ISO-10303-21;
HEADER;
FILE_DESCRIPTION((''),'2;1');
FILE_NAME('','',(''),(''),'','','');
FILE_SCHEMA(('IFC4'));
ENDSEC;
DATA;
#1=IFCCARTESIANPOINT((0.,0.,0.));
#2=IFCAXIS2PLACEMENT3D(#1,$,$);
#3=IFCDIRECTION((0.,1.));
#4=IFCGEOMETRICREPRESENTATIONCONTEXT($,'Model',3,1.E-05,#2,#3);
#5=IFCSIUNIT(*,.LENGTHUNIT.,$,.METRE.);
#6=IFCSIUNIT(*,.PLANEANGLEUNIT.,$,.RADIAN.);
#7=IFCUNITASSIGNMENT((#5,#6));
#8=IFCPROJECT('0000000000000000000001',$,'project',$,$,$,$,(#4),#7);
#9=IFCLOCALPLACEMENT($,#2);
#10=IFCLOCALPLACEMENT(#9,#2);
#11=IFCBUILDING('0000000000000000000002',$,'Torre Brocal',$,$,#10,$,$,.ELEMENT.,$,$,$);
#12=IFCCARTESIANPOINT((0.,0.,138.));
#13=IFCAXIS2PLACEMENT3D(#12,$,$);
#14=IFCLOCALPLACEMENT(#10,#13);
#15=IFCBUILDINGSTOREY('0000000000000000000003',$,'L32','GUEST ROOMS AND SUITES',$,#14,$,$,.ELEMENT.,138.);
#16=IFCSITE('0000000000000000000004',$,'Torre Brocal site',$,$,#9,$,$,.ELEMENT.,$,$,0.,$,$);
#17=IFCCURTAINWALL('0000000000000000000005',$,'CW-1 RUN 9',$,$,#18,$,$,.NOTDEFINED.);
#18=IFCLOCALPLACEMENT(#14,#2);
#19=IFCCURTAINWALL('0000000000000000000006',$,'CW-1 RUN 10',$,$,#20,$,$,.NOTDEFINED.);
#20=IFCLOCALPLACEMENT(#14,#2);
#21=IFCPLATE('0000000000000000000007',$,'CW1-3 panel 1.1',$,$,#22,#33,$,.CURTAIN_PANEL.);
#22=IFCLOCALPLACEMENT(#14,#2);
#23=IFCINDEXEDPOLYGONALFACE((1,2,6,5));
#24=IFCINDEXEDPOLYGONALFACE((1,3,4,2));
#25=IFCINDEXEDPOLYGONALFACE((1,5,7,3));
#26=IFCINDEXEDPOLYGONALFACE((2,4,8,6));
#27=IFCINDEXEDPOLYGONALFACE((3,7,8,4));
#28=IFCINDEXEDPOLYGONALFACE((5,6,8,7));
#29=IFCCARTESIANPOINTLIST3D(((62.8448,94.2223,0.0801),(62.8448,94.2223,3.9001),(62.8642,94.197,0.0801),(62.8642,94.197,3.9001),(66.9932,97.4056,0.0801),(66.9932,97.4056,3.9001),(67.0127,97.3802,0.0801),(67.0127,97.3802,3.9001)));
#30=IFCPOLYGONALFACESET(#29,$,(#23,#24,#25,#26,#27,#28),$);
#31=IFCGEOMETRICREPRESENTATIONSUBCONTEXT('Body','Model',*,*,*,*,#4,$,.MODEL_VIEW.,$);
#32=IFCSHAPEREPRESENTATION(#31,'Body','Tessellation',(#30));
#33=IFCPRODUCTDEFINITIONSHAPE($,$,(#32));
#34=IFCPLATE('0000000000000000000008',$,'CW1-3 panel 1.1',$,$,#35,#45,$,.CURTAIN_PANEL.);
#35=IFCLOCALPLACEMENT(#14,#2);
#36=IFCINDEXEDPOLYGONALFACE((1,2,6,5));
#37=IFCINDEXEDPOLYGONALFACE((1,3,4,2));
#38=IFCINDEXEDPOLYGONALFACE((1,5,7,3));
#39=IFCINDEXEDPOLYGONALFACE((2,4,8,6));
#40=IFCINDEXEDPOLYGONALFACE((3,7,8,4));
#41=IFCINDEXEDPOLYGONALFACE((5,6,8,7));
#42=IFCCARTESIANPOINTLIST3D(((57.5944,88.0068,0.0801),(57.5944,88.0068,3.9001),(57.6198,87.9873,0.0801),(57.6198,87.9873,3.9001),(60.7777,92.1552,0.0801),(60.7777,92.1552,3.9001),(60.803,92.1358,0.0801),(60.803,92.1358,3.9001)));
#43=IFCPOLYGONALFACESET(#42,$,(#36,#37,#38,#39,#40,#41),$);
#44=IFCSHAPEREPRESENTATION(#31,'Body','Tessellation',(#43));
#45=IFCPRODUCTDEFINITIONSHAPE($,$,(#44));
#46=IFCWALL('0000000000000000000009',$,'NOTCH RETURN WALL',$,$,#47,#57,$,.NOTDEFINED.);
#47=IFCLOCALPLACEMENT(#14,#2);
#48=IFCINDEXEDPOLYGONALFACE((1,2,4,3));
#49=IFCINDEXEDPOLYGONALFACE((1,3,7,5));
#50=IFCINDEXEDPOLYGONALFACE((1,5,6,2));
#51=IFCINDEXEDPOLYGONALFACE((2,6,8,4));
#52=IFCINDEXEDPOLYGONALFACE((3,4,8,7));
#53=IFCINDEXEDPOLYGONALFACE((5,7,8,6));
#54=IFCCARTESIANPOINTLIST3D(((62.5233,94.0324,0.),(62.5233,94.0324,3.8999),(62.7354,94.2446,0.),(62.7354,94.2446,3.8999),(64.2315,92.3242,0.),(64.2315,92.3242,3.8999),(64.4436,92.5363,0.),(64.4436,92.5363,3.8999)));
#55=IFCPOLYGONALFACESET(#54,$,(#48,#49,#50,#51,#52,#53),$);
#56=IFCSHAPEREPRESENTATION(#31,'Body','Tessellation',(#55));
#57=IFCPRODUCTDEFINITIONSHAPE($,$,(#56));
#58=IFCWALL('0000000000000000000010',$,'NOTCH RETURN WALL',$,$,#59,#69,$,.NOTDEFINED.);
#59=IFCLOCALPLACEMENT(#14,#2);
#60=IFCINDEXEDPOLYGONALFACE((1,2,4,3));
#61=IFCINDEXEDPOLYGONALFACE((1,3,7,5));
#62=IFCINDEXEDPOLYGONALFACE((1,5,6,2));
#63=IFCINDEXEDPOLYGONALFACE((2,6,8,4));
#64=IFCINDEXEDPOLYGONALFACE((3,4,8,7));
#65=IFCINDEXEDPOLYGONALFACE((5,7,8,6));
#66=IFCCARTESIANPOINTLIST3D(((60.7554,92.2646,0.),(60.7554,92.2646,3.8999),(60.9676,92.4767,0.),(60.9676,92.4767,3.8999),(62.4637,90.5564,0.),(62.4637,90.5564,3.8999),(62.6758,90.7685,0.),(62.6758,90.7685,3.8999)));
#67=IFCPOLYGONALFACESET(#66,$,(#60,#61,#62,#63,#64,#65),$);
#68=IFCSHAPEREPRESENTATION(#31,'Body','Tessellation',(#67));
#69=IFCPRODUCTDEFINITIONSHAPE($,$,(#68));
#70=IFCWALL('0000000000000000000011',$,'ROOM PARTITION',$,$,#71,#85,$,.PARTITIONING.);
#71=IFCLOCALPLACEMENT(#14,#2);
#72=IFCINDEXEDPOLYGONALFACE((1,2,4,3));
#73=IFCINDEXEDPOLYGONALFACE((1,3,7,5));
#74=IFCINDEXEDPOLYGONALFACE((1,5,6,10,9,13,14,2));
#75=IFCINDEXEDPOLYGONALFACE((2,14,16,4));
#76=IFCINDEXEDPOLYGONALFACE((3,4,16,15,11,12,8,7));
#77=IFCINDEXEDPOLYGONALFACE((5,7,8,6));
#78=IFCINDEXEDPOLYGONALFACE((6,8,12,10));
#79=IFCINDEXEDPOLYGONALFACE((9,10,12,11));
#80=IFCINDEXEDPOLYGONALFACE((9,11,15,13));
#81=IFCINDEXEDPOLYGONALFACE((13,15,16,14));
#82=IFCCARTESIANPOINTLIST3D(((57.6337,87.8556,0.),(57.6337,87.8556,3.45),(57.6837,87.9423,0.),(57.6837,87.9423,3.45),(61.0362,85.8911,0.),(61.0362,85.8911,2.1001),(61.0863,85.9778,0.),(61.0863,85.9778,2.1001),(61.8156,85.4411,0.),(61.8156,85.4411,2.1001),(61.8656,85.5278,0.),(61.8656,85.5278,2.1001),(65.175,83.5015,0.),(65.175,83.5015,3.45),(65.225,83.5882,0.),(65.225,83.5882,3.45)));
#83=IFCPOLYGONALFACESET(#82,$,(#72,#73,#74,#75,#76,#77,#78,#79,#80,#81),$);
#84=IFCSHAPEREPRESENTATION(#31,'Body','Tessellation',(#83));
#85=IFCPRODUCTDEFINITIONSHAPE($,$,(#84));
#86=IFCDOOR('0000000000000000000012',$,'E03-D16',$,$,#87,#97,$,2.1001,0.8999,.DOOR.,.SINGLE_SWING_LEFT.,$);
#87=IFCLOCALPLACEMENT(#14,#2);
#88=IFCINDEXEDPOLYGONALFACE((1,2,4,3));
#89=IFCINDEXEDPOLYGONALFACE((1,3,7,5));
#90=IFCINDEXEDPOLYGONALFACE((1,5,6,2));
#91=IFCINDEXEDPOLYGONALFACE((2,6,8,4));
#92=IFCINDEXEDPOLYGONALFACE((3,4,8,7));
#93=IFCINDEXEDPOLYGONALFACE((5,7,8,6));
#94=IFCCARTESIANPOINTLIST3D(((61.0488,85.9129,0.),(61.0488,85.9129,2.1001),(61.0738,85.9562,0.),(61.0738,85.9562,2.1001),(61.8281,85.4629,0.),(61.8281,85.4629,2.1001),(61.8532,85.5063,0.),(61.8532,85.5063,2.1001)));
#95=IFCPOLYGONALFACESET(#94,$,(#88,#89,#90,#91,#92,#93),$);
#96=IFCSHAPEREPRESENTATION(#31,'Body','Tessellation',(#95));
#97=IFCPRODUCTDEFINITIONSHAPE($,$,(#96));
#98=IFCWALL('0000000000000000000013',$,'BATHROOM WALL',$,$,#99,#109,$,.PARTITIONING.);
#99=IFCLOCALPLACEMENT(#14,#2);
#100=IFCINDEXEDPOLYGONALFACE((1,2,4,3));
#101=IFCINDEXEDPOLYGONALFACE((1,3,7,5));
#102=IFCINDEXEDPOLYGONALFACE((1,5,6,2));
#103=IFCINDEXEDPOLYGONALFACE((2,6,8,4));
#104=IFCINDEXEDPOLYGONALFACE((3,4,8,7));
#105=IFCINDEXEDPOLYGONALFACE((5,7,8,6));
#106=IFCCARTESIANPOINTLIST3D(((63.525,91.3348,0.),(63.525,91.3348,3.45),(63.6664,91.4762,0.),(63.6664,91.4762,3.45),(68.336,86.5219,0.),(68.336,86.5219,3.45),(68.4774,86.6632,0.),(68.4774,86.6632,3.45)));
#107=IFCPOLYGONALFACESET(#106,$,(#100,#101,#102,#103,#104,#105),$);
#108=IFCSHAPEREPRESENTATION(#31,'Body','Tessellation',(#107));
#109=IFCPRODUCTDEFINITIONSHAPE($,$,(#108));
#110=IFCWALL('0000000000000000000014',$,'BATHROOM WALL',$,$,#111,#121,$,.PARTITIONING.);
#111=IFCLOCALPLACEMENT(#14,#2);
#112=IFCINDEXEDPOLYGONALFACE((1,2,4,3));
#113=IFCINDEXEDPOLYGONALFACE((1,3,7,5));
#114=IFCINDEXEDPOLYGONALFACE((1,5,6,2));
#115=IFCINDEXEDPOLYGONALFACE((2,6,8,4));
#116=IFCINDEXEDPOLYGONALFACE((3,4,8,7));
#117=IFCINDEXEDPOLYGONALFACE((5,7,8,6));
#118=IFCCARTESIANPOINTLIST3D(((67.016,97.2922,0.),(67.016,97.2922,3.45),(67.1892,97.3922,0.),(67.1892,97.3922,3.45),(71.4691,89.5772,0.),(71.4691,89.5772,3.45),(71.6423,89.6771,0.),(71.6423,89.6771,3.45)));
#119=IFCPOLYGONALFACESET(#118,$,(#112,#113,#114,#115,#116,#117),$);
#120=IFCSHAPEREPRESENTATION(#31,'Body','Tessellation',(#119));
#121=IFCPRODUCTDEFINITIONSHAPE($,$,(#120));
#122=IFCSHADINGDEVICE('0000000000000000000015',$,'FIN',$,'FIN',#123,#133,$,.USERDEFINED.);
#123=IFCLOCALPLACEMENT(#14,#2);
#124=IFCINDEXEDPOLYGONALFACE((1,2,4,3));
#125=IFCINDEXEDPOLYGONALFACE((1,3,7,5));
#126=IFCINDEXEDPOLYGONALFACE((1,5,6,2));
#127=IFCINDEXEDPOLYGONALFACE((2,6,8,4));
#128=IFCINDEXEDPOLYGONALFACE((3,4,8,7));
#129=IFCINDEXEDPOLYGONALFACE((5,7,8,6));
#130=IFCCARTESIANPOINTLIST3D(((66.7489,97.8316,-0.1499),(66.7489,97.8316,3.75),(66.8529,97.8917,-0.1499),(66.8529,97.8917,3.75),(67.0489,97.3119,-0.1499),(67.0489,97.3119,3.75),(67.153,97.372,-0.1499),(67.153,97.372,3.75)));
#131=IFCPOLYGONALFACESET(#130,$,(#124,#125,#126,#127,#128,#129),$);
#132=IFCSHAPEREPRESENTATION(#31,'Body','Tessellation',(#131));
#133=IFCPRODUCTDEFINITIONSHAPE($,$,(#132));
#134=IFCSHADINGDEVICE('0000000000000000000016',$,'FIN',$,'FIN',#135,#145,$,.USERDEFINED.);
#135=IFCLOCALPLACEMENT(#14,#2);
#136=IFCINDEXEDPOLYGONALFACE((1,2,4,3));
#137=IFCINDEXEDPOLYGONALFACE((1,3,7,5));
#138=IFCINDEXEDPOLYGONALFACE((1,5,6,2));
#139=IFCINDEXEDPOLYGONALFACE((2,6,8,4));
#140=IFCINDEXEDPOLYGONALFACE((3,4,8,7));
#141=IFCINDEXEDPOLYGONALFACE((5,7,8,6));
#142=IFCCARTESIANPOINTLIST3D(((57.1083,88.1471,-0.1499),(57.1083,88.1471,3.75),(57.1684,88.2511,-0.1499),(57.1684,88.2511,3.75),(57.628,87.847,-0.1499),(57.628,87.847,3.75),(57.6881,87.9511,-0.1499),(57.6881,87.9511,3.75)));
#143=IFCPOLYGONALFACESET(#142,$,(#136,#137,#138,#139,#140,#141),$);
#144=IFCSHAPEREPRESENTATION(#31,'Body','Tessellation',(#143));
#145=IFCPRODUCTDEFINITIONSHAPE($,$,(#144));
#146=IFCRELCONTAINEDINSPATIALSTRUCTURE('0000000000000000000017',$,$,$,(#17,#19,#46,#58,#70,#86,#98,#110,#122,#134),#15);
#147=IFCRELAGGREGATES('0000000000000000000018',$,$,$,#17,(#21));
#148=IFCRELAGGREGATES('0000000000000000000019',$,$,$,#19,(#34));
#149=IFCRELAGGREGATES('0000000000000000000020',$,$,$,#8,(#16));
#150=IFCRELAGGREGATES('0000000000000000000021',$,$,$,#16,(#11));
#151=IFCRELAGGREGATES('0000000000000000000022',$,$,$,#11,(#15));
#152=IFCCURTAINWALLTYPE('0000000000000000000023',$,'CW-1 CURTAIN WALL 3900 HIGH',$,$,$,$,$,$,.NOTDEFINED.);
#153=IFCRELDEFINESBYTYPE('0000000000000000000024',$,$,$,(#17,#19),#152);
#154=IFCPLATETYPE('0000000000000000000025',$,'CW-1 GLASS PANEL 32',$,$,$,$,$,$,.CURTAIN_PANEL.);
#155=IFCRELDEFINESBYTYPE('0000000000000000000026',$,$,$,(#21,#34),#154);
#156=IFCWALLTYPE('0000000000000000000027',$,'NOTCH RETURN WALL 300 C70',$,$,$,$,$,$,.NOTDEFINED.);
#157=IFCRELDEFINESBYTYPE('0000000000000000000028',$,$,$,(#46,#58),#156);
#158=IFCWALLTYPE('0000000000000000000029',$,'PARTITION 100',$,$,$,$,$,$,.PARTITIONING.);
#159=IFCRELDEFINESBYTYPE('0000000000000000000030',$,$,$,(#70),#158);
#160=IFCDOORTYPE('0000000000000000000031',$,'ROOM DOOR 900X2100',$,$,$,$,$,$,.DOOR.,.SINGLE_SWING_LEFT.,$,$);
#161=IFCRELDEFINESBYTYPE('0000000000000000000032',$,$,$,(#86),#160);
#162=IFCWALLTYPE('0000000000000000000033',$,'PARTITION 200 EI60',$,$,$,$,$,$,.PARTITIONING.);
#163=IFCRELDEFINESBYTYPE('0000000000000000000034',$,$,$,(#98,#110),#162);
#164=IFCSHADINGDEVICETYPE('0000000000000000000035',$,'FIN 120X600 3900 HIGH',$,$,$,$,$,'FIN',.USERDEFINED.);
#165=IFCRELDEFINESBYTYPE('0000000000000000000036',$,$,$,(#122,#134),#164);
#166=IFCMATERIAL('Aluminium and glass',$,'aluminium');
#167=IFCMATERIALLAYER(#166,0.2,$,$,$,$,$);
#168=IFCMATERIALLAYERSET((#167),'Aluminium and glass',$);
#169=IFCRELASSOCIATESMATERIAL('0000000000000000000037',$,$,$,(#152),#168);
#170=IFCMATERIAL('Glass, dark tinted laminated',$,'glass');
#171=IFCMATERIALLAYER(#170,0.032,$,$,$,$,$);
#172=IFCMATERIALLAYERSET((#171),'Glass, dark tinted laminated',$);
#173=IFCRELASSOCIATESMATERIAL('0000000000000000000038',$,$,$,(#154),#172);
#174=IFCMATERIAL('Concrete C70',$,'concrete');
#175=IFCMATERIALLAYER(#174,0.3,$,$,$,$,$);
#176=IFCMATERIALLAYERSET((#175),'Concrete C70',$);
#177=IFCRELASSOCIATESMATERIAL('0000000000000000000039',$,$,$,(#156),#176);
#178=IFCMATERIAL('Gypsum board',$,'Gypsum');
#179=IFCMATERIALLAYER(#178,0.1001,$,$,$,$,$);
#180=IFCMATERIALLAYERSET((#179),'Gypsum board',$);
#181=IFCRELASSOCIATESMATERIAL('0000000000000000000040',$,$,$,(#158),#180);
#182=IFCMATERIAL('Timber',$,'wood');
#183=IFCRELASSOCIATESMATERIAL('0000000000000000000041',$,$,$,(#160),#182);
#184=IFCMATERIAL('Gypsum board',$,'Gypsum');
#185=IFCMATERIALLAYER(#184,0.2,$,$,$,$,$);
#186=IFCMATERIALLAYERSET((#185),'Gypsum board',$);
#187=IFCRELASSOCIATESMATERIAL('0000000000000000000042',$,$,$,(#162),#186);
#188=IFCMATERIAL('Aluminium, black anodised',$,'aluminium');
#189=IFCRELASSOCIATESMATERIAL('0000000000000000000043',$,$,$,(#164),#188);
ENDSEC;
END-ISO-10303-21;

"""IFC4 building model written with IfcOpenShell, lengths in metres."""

from ifc_helpers import new_model, si_unit, direction, frame, frame_2d, origin, origin_2d, place, context, subcontext, project, spatial, rectangle, extrude, material, layer, layer_set, material_profile, profile_set, type_object, element, fill, aggregate, save


model = new_model("IFC4")

# Units and contexts
model_context = context("Model", 3, precision=1e-05, world=origin(), true_north=direction((0.0, 1.0)))
body_context = subcontext(model_context, "Body", "Model", "MODEL_VIEW")
ifc_project = project(units=[si_unit("LENGTHUNIT", "METRE"), si_unit("PLANEANGLEUNIT", "RADIAN")], contexts=[model_context])

# Site, building, storey
site_placement = place(None, origin())
site = spatial("IfcSite", under=ifc_project, at=site_placement, Name="Torre Brocal site", CompositionType="ELEMENT", RefElevation=0.0)
building_placement = place(site_placement, origin())
building = spatial("IfcBuilding", under=site, at=building_placement, Name="Torre Brocal", CompositionType="ELEMENT")
storey_placement = place(building_placement, frame((0.0, 0.0, 138.0)))
storey = spatial("IfcBuildingStorey", under=building, at=storey_placement, Name="L32", Description="GUEST ROOMS AND SUITES", CompositionType="ELEMENT", Elevation=138.0)

# Shared definitions
ifc_material_1 = material(Name="Aluminium and glass", Category="aluminium")
ifc_layer_1 = layer(ifc_material_1, 0.2)
ifc_layer_set_1 = layer_set([ifc_layer_1], Name="Aluminium and glass")
curtain_wall_type = type_object("IfcCurtainWallType", Name="CW-1 CURTAIN WALL 3900 HIGH", PredefinedType="NOTDEFINED", material=ifc_layer_set_1)

# Curtain walls
curtain_wall_1_placement = place(storey_placement, origin())
curtain_wall_1 = element("IfcCurtainWall", 1, at=curtain_wall_1_placement, inside=storey, type_object=curtain_wall_type, Name="CW-1 RUN 9", PredefinedType="NOTDEFINED")
curtain_wall_2_placement = place(storey_placement, origin())
curtain_wall_2 = element("IfcCurtainWall", 2, at=curtain_wall_2_placement, inside=storey, type_object=curtain_wall_type, Name="CW-1 RUN 10", PredefinedType="NOTDEFINED")

# Plates
ifc_material_2 = material(Name="Glass, dark tinted laminated", Category="glass")
ifc_layer_2 = layer(ifc_material_2, 0.032)
ifc_layer_set_2 = layer_set([ifc_layer_2], Name="Glass, dark tinted laminated")
plate_type = type_object("IfcPlateType", Name="CW-1 GLASS PANEL 32", PredefinedType="CURTAIN_PANEL", material=ifc_layer_set_2)
plate_1_placement = place(storey_placement, frame((64.9287, 95.8013, 0.0801), z_axis=(0.0, 0.0, 1.0), x_axis=(-0.793353, -0.608761, 0.0)))
plate_1 = element("IfcPlate", 3, at=plate_1_placement, type_object=plate_type, Name="CW1-3 panel 1.1", PredefinedType="CURTAIN_PANEL", context=body_context, shape_type="SweptSolid", body=[
    extrude(rectangle(XDim=5.229, YDim=0.032, at=origin_2d()), origin(), (0.0, 0.0, 1.0), 3.8201),
])
aggregate(curtain_wall_1, [plate_1])
plate_2_placement = place(storey_placement, frame((59.1987, 90.0713, 0.0801), z_axis=(0.0, 0.0, 1.0), x_axis=(-0.608761, -0.793353, 0.0)))
plate_2 = element("IfcPlate", 4, at=plate_2_placement, type_object=plate_type, Name="CW1-3 panel 1.1", PredefinedType="CURTAIN_PANEL", context=body_context, shape_type="SweptSolid", body=[
    extrude(rectangle(XDim=5.229, YDim=0.032, at=origin_2d()), origin(), (0.0, 0.0, 1.0), 3.8201),
])
aggregate(curtain_wall_2, [plate_2])

# Walls
ifc_material_3 = material(Name="Concrete C70", Category="concrete")
ifc_layer_3 = layer(ifc_material_3, 0.3)
ifc_layer_set_3 = layer_set([ifc_layer_3], Name="Concrete C70")
wall_type_1 = type_object("IfcWallType", Name="NOTCH RETURN WALL 300 C70", PredefinedType="NOTDEFINED", material=ifc_layer_set_3)
for number, where, z_axis, x_axis, name in (
    (5, (64.3376, 92.4302, 0.0), (0.0, 0.0, 1.0), (-0.707107, 0.707107, 0.0), "NOTCH RETURN WALL"),
    (6, (62.5698, 90.6624, 0.0), (0.0, 0.0, 1.0), (-0.707107, 0.707107, 0.0), "NOTCH RETURN WALL"),
):
    element("IfcWall", number, at=place(storey_placement, frame(where, z_axis=z_axis, x_axis=x_axis)), inside=storey, type_object=wall_type_1, Name=name, PredefinedType="NOTDEFINED", context=body_context, shape_type="SweptSolid", body=[
        extrude(rectangle(XDim=2.4158, YDim=0.3, at=frame_2d((1.208, 0.0))), origin(), (0.0, 0.0, 1.0), 3.8999),
    ])

# Wall, opening, door
ifc_material_4 = material(Name="Gypsum board", Category="Gypsum")
ifc_layer_4 = layer(ifc_material_4, 0.1001)
ifc_layer_set_4 = layer_set([ifc_layer_4], Name="Gypsum board")
wall_type_2 = type_object("IfcWallType", Name="PARTITION 100", PredefinedType="PARTITIONING", material=ifc_layer_set_4)
wall_1_placement = place(storey_placement, frame((57.6587, 87.8989, 0.0), z_axis=(0.0, 0.0, 1.0), x_axis=(0.866023, -0.500005, 0.0)))
wall_1 = element("IfcWall", 7, at=wall_1_placement, inside=storey, type_object=wall_type_2, Name="ROOM PARTITION", PredefinedType="PARTITIONING", context=body_context, shape_type="SweptSolid", body=[
    extrude(rectangle(XDim=8.708, YDim=0.1001, at=frame_2d((4.354, 0.0))), origin(), (0.0, 0.0, 1.0), 3.45),
])
opening_placement = place(wall_1_placement, frame((3.929, 0.0, 0.0)))
opening = element("IfcOpeningElement", 8, at=opening_placement, cuts=wall_1, PredefinedType="OPENING", context=body_context, shape_type="SweptSolid", body=[
    extrude(rectangle(XDim=0.8999, YDim=2.1001, at=frame_2d((0.45, 1.05))), frame((0.0, 0.0601, 0.0), z_axis=(0.0, -1.0, 0.0), x_axis=(1.0, 0.0, 0.0)), (0.0, 0.0, 1.0), 0.1201),
])
ifc_material_5 = material(Name="Timber", Category="wood")
door_type = type_object("IfcDoorType", Name="ROOM DOOR 900X2100", OperationType="SINGLE_SWING_LEFT", PredefinedType="DOOR", material=ifc_material_5)
door_placement = place(opening_placement, frame((0.8999, 0.0, 0.0), z_axis=(0.0, 0.0, 1.0), x_axis=(-1.0, 0.0, 0.0)))
door = element("IfcDoor", 9, at=door_placement, inside=storey, type_object=door_type, Name="E03-D16", OperationType="SINGLE_SWING_LEFT", OverallHeight=2.1001, OverallWidth=0.8999, PredefinedType="DOOR", context=body_context, shape_type="SweptSolid", body=[
    extrude(rectangle(XDim=0.8999, YDim=2.1001, at=frame_2d((0.45, 1.05))), frame((0.0, 0.0249, 0.0), z_axis=(0.0, -1.0, 0.0), x_axis=(1.0, 0.0, 0.0)), (0.0, 0.0, 1.0), 0.05),
])
fill(opening, door)

# Walls
ifc_material_6 = material(Name="Gypsum board", Category="Gypsum")
ifc_layer_5 = layer(ifc_material_6, 0.2)
ifc_layer_set_5 = layer_set([ifc_layer_5], Name="Gypsum board")
wall_type_3 = type_object("IfcWallType", Name="PARTITION 200 EI60", PredefinedType="PARTITIONING", material=ifc_layer_set_5)
wall_2_placement = place(storey_placement, frame((63.5957, 91.4055, 0.0), z_axis=(0.0, 0.0, 1.0), x_axis=(0.706963, -0.70725, 0.0)))
element("IfcWall", 10, at=wall_2_placement, inside=storey, type_object=wall_type_3, Name="BATHROOM WALL", PredefinedType="PARTITIONING", context=body_context, shape_type="SweptSolid", body=[
    extrude(rectangle(XDim=6.8052, YDim=0.2, at=frame_2d((3.4026, 0.0))), origin(), (0.0, 0.0, 1.0), 3.45),
])
wall_3_placement = place(storey_placement, frame((67.1025, 97.3423, 0.0), z_axis=(0.0, 0.0, 1.0), x_axis=(0.4999, -0.866083, 0.0)))
element("IfcWall", 11, at=wall_3_placement, inside=storey, type_object=wall_type_3, Name="BATHROOM WALL", PredefinedType="PARTITIONING", context=body_context, shape_type="SweptSolid", body=[
    extrude(rectangle(XDim=8.908, YDim=0.2, at=frame_2d((4.4541, 0.0))), origin(), (0.0, 0.0, 1.0), 3.45),
])

# Shading devices
ifc_material_7 = material(Name="Aluminium, black anodised", Category="aluminium")
ifc_material_profile_1 = material_profile(ifc_material_7, rectangle(XDim=0.1201, YDim=0.6001, at=origin_2d()), Name="FIN 120X600 3900 HIGH")
ifc_profile_set_1 = profile_set([ifc_material_profile_1], Name="Aluminium, black anodised")
shading_device_type = type_object("IfcShadingDeviceType", Name="FIN 120X600 3900 HIGH", ElementType="FIN", PredefinedType="USERDEFINED", material=ifc_profile_set_1)
for number, where, z_axis, x_axis, name in (
    (12, (66.9509, 97.6018, -0.1499), (0.0, 0.0, 1.0), (-0.866025, -0.5, 0.0), "FIN"),
    (13, (57.3982, 88.0491, -0.1499), (0.0, 0.0, 1.0), (-0.5, -0.866025, 0.0), "FIN"),
):
    element("IfcShadingDevice", number, at=place(storey_placement, frame(where, z_axis=z_axis, x_axis=x_axis)), inside=storey, type_object=shading_device_type, Name=name, ObjectType="FIN", PredefinedType="USERDEFINED", context=body_context, shape_type="SweptSolid", body=[
        extrude(rectangle(XDim=0.1201, YDim=0.6001, at=origin_2d()), origin(), (0.0, 0.0, 1.0), 3.8999),
    ])

save(model, "model.ifc")
